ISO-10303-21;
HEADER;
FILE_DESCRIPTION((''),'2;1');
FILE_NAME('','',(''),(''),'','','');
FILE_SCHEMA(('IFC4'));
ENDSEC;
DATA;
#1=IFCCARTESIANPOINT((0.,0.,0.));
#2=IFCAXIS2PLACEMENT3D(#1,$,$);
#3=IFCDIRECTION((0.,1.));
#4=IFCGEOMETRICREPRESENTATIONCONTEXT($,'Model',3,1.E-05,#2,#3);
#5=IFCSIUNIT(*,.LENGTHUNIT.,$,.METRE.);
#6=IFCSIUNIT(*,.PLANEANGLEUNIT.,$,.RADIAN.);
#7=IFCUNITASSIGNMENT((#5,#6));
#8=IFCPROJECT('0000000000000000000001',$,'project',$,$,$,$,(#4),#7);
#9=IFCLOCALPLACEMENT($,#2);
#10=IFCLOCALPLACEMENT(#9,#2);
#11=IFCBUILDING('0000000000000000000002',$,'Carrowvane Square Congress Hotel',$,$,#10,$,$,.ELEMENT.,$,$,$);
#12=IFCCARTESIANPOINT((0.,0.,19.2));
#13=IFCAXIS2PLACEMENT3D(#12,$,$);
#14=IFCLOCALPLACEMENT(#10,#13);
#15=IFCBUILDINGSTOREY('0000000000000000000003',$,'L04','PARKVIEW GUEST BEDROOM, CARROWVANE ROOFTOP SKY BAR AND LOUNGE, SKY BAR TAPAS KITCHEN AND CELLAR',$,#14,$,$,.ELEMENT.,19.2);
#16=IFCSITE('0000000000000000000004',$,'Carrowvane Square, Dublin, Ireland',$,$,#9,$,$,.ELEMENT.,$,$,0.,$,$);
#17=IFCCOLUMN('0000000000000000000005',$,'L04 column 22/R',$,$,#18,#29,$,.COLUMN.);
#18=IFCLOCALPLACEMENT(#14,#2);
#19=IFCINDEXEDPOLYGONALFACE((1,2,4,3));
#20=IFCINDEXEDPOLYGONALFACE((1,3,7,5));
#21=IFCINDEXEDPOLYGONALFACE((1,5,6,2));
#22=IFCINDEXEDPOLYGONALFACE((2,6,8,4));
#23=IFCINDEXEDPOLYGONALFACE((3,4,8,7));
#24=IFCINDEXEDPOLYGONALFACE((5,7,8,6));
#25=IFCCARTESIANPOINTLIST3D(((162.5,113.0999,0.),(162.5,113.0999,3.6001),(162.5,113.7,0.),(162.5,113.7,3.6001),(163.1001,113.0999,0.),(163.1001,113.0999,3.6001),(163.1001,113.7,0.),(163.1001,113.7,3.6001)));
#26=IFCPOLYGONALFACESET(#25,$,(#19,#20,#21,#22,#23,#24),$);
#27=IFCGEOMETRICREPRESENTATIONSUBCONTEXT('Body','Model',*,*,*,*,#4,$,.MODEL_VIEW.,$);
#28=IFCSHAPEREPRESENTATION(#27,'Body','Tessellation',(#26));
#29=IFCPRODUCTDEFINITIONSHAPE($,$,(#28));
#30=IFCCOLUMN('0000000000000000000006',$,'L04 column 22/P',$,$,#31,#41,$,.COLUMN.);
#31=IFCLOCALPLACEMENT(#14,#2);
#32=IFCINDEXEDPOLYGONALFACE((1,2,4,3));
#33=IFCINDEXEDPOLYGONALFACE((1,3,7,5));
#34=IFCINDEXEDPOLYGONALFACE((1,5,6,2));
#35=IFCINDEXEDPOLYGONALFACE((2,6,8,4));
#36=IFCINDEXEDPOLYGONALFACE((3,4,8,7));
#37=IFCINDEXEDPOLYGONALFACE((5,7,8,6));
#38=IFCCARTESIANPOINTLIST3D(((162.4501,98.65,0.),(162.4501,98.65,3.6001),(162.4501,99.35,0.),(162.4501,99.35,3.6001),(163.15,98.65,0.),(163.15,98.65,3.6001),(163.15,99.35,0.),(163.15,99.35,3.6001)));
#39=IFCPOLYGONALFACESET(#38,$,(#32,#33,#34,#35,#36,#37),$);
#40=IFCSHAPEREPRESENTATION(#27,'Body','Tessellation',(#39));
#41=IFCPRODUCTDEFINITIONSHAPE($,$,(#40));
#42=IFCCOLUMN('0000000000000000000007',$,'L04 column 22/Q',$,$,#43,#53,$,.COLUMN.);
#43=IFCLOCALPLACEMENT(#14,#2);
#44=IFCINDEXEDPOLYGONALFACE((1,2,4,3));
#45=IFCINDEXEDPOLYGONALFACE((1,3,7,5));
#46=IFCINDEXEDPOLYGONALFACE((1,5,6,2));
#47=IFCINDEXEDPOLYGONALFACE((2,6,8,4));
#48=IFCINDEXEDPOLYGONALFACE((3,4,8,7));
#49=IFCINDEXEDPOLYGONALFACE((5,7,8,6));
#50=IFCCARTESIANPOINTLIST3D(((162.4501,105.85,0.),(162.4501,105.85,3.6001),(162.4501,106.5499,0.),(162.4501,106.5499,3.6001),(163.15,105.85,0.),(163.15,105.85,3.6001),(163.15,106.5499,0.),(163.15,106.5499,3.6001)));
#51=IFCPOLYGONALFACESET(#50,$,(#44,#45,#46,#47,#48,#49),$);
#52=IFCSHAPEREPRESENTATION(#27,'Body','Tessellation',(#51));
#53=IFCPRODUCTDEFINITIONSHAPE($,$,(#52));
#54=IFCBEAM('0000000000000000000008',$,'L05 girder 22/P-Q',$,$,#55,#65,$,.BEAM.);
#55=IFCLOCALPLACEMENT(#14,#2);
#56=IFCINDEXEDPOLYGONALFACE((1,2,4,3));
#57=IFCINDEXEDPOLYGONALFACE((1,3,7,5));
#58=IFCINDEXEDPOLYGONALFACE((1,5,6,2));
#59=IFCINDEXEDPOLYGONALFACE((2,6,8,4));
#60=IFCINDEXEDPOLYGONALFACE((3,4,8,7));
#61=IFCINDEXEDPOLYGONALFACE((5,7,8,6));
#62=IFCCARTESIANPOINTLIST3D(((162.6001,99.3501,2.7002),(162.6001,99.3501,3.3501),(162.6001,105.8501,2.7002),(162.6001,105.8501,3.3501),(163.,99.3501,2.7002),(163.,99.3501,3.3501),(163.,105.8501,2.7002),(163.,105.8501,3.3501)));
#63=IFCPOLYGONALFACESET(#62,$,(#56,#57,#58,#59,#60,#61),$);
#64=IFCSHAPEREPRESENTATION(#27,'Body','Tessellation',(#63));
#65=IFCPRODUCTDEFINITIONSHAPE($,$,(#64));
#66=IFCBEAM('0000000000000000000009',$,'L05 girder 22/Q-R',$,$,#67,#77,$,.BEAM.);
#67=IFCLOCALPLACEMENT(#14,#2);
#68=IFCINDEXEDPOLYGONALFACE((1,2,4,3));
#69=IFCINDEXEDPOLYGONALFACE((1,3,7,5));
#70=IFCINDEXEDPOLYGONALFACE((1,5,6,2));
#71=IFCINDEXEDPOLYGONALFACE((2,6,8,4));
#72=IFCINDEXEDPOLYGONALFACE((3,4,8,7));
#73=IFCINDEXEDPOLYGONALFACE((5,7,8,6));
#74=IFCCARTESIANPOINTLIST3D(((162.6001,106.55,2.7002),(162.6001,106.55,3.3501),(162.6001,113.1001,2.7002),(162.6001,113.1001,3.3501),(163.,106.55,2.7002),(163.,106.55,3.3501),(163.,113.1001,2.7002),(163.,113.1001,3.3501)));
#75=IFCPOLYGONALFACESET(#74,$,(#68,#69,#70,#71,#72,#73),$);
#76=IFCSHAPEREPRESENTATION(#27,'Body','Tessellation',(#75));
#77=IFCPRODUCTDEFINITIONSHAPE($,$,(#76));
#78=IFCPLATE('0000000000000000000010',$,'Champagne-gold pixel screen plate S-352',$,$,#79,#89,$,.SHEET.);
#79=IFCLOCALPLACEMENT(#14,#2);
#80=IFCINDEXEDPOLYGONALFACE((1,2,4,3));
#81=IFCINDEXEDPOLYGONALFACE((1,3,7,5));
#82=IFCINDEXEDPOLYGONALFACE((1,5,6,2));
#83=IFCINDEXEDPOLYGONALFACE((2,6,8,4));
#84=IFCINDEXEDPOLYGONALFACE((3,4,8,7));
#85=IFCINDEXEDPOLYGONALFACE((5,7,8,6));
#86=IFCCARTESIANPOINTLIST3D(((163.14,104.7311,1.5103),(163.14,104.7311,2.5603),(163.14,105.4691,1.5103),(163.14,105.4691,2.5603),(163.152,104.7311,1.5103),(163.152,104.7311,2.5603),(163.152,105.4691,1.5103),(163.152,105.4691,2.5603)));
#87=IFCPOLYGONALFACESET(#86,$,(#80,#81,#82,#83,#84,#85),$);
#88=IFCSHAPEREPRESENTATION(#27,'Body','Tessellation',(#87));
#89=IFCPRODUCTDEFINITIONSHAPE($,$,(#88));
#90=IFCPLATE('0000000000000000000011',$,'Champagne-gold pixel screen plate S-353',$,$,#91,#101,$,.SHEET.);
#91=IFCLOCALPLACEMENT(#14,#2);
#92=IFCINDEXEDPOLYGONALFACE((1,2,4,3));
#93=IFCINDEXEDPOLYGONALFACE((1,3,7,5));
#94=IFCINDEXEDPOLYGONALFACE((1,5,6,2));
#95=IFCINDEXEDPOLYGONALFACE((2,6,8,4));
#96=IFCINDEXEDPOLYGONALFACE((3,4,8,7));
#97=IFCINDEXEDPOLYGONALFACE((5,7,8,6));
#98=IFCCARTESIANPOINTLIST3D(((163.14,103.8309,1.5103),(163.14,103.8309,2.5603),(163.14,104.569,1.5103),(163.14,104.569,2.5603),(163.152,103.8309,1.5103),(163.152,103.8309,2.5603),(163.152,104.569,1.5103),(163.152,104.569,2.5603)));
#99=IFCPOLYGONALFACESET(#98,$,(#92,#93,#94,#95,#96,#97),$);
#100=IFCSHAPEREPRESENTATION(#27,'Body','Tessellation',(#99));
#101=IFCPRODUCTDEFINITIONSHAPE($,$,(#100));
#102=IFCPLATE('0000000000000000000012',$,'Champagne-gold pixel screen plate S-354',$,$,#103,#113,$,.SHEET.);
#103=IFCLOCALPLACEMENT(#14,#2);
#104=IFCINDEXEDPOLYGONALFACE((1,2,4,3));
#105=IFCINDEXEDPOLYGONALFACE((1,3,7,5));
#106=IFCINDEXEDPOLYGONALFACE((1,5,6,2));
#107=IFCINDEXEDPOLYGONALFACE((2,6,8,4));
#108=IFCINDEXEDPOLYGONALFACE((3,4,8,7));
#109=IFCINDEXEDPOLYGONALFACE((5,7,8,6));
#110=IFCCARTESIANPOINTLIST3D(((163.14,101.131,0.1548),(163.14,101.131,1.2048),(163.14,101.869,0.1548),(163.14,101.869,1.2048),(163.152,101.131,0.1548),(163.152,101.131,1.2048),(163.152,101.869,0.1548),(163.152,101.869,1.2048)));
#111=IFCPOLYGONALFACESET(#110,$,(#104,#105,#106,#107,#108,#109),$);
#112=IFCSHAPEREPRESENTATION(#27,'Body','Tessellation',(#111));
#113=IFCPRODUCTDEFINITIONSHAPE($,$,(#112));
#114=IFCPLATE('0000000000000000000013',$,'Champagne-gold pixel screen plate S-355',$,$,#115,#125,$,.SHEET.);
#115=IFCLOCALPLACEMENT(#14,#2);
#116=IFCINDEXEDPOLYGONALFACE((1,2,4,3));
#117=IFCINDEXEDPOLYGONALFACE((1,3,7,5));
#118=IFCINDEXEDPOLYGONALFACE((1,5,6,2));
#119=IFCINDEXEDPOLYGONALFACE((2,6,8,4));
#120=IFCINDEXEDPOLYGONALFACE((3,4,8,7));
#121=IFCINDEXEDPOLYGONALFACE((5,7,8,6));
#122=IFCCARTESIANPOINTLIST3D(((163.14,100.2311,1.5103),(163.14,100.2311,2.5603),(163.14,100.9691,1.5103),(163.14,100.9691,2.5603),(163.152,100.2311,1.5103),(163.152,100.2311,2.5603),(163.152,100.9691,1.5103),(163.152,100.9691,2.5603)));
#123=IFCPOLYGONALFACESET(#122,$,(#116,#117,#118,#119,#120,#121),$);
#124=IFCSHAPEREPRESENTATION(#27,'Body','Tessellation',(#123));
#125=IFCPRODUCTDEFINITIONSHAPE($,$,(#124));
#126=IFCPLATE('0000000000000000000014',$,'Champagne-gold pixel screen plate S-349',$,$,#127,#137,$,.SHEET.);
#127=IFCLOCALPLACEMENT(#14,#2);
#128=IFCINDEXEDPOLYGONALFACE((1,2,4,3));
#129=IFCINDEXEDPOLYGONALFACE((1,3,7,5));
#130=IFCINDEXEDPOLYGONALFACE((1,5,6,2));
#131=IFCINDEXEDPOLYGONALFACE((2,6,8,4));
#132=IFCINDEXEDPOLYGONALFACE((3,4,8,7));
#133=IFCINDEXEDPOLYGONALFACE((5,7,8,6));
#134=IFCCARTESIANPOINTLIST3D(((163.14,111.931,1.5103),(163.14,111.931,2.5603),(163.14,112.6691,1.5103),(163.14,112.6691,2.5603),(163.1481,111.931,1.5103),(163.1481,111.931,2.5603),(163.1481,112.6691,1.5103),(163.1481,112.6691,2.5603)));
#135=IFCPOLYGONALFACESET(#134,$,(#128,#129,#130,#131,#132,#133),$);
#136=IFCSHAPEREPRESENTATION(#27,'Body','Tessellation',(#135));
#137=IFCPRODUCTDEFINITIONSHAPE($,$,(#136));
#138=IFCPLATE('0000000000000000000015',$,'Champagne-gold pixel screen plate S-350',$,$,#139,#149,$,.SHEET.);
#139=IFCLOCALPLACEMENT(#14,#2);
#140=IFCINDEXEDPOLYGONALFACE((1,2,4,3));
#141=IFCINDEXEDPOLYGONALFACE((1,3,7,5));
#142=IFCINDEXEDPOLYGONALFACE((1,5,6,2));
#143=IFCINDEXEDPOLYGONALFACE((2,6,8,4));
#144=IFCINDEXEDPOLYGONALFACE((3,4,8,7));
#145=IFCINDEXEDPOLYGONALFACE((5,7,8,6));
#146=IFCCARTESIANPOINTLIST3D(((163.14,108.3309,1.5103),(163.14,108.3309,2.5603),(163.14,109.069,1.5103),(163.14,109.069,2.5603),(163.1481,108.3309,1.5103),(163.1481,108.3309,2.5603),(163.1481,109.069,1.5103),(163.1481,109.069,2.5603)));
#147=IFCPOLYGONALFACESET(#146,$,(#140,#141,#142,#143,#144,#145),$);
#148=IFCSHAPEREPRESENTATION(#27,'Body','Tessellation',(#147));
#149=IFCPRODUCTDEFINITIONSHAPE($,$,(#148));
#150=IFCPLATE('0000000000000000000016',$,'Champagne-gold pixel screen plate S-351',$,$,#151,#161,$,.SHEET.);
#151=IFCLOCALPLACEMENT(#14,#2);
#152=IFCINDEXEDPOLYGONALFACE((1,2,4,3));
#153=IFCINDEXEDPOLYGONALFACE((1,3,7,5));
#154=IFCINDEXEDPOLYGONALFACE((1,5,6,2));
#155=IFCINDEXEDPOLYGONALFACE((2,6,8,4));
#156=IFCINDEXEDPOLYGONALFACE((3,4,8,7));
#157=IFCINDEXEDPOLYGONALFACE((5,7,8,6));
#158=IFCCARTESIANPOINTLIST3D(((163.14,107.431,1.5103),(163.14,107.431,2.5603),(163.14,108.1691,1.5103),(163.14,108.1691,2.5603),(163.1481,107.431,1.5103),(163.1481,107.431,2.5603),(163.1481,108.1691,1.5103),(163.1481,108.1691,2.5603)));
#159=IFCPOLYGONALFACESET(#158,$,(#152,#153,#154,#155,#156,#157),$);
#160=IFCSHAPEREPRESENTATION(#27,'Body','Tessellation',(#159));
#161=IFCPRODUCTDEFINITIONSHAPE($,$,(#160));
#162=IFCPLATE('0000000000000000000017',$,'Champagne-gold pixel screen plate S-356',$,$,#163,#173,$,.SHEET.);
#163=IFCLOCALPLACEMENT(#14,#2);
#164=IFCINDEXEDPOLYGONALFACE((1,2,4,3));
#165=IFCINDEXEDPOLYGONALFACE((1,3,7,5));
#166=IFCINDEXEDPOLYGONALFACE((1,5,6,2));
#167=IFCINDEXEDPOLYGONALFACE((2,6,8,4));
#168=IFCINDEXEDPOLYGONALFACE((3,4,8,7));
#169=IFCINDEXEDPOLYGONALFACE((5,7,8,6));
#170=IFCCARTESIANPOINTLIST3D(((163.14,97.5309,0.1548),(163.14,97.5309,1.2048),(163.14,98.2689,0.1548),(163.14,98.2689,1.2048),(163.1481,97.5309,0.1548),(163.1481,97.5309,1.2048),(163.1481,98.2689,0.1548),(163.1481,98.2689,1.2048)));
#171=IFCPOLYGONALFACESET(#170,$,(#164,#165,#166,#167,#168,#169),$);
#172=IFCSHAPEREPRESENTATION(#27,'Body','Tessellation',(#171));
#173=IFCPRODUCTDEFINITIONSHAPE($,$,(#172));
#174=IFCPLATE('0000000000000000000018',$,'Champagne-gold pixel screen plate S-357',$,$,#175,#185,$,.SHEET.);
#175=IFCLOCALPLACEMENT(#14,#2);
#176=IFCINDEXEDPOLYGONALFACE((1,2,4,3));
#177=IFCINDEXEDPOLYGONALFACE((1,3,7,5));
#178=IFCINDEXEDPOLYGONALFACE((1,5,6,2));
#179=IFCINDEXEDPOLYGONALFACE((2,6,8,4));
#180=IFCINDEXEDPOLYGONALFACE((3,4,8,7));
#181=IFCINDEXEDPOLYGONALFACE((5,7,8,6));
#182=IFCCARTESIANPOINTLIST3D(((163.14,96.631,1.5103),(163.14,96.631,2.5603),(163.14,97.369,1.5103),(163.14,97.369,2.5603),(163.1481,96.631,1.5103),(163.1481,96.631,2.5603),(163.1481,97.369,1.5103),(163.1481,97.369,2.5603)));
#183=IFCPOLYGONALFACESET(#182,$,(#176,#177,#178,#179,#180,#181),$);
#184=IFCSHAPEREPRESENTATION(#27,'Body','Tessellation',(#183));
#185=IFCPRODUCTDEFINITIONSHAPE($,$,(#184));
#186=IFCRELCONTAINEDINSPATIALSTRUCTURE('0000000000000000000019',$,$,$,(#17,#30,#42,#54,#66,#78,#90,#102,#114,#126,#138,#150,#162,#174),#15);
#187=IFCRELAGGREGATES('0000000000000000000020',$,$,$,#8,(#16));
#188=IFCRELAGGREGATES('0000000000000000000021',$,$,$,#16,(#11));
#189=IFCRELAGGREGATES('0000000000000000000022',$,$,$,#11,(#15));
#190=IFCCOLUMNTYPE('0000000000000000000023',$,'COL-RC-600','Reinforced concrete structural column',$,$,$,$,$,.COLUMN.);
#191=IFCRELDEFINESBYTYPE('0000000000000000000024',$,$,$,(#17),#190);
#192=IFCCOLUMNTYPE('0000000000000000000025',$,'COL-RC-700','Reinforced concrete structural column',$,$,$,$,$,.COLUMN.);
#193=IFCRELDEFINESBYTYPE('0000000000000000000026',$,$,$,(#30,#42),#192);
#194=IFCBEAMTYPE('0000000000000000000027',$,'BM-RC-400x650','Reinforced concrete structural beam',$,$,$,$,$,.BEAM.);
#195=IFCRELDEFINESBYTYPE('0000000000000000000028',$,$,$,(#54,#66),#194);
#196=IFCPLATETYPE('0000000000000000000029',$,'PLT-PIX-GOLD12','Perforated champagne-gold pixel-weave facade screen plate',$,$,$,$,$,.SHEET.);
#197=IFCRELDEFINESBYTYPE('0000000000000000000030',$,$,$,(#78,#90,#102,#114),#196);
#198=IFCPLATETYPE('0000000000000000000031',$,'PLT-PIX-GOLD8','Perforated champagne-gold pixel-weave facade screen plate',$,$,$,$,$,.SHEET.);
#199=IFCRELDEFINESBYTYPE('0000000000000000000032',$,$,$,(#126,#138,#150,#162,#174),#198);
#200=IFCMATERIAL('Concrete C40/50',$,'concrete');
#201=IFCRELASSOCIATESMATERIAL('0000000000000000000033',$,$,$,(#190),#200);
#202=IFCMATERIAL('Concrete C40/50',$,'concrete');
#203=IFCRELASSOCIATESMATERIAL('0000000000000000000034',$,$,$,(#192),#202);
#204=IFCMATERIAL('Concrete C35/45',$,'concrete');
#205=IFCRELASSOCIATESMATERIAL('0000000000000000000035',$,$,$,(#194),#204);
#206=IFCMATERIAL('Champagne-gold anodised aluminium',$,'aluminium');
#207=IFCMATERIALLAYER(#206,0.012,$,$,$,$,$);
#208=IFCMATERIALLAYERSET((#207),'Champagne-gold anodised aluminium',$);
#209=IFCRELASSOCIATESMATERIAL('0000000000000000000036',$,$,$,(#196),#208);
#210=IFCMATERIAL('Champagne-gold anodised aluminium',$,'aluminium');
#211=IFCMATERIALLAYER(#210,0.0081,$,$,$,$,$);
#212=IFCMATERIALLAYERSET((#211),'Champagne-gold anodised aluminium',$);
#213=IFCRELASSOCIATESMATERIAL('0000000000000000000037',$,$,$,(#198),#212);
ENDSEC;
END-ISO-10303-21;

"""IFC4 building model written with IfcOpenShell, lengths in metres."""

from ifc_helpers import new_model, si_unit, direction, frame, origin, origin_2d, place, context, subcontext, project, spatial, rectangle, extrude, material, layer, layer_set, material_profile, profile_set, type_object, element, save


model = new_model("IFC4")

# Units and contexts
model_context = context("Model", 3, precision=1e-05, world=origin(), true_north=direction((0.0, 1.0)))
body_context = subcontext(model_context, "Body", "Model", "MODEL_VIEW")
ifc_project = project(units=[si_unit("LENGTHUNIT", "METRE"), si_unit("PLANEANGLEUNIT", "RADIAN")], contexts=[model_context])

# Site, building, storey
site_placement = place(None, origin())
site = spatial("IfcSite", under=ifc_project, at=site_placement, Name="Carrowvane Square, Dublin, Ireland", CompositionType="ELEMENT", RefElevation=0.0)
building_placement = place(site_placement, origin())
building = spatial("IfcBuilding", under=site, at=building_placement, Name="Carrowvane Square Congress Hotel", CompositionType="ELEMENT")
storey_placement = place(building_placement, frame((0.0, 0.0, 19.2)))
storey = spatial("IfcBuildingStorey", under=building, at=storey_placement, Name="L04", Description="PARKVIEW GUEST BEDROOM, CARROWVANE ROOFTOP SKY BAR AND LOUNGE, SKY BAR TAPAS KITCHEN AND CELLAR", CompositionType="ELEMENT", Elevation=19.2)

# Columns
ifc_material_1 = material(Name="Concrete C40/50", Category="concrete")
ifc_material_profile_1 = material_profile(ifc_material_1, rectangle(XDim=0.6001, YDim=0.6001, at=origin_2d()), Name="RC 600x600")
ifc_profile_set_1 = profile_set([ifc_material_profile_1], Name="Concrete C40/50")
column_type_1 = type_object("IfcColumnType", Name="COL-RC-600", Description="Reinforced concrete structural column", PredefinedType="COLUMN", material=ifc_profile_set_1)
column_placement = place(storey_placement, frame((162.8, 113.3999, 0.0), z_axis=(0.0, 0.0, 1.0), x_axis=(1.0, 0.0, 0.0)))
element("IfcColumn", 1, at=column_placement, inside=storey, type_object=column_type_1, Name="L04 column 22/R", PredefinedType="COLUMN", context=body_context, shape_type="SweptSolid", body=[
    extrude(rectangle(XDim=0.6001, YDim=0.6001, at=origin_2d()), origin(), (0.0, 0.0, 1.0), 3.6001),
])
ifc_material_2 = material(Name="Concrete C40/50", Category="concrete")
ifc_material_profile_2 = material_profile(ifc_material_2, rectangle(XDim=0.7, YDim=0.7, at=origin_2d()), Name="RC 700x700")
ifc_profile_set_2 = profile_set([ifc_material_profile_2], Name="Concrete C40/50")
column_type_2 = type_object("IfcColumnType", Name="COL-RC-700", Description="Reinforced concrete structural column", PredefinedType="COLUMN", material=ifc_profile_set_2)
for number, where, z_axis, x_axis, name in (
    (2, (162.8, 99.0, 0.0), (0.0, 0.0, 1.0), (1.0, 0.0, 0.0), "L04 column 22/P"),
    (3, (162.8, 106.2, 0.0), (0.0, 0.0, 1.0), (1.0, 0.0, 0.0), "L04 column 22/Q"),
):
    element("IfcColumn", number, at=place(storey_placement, frame(where, z_axis=z_axis, x_axis=x_axis)), inside=storey, type_object=column_type_2, Name=name, PredefinedType="COLUMN", context=body_context, shape_type="SweptSolid", body=[
        extrude(rectangle(XDim=0.7, YDim=0.7, at=origin_2d()), origin(), (0.0, 0.0, 1.0), 3.6001),
    ])

# Beams
ifc_material_3 = material(Name="Concrete C35/45", Category="concrete")
ifc_material_profile_3 = material_profile(ifc_material_3, rectangle(XDim=0.3999, YDim=0.6499, at=origin_2d()), Name="RC 400x650")
ifc_profile_set_3 = profile_set([ifc_material_profile_3], Name="Concrete C35/45")
beam_type = type_object("IfcBeamType", Name="BM-RC-400x650", Description="Reinforced concrete structural beam", PredefinedType="BEAM", material=ifc_profile_set_3)
beam_1_placement = place(storey_placement, frame((162.8, 99.3501, 3.0251), z_axis=(0.0, 1.0, 0.0), x_axis=(-1.0, 0.0, 0.0)))
element("IfcBeam", 4, at=beam_1_placement, inside=storey, type_object=beam_type, Name="L05 girder 22/P-Q", PredefinedType="BEAM", context=body_context, shape_type="SweptSolid", body=[
    extrude(rectangle(XDim=0.3999, YDim=0.6499, at=origin_2d()), origin(), (0.0, 0.0, 1.0), 6.5),
])
beam_2_placement = place(storey_placement, frame((162.8, 106.55, 3.0251), z_axis=(0.0, 1.0, 0.0), x_axis=(-1.0, 0.0, 0.0)))
element("IfcBeam", 5, at=beam_2_placement, inside=storey, type_object=beam_type, Name="L05 girder 22/Q-R", PredefinedType="BEAM", context=body_context, shape_type="SweptSolid", body=[
    extrude(rectangle(XDim=0.3999, YDim=0.6499, at=origin_2d()), origin(), (0.0, 0.0, 1.0), 6.55),
])

# Plates
ifc_material_4 = material(Name="Champagne-gold anodised aluminium", Category="aluminium")
ifc_layer_1 = layer(ifc_material_4, 0.012)
ifc_layer_set_1 = layer_set([ifc_layer_1], Name="Champagne-gold anodised aluminium")
plate_type_1 = type_object("IfcPlateType", Name="PLT-PIX-GOLD12", Description="Perforated champagne-gold pixel-weave facade screen plate", PredefinedType="SHEET", material=ifc_layer_set_1)
for number, where, z_axis, x_axis, name in (
    (6, (163.146, 105.1001, 1.5103), (0.0, 0.0, 1.0), (0.0, -1.0, 0.0), "Champagne-gold pixel screen plate S-352"),
    (7, (163.146, 104.2, 1.5103), (0.0, 0.0, 1.0), (0.0, -1.0, 0.0), "Champagne-gold pixel screen plate S-353"),
    (8, (163.146, 101.5, 0.1548), (0.0, 0.0, 1.0), (0.0, -1.0, 0.0), "Champagne-gold pixel screen plate S-354"),
    (9, (163.146, 100.6001, 1.5103), (0.0, 0.0, 1.0), (0.0, -1.0, 0.0), "Champagne-gold pixel screen plate S-355"),
):
    element("IfcPlate", number, at=place(storey_placement, frame(where, z_axis=z_axis, x_axis=x_axis)), inside=storey, type_object=plate_type_1, Name=name, PredefinedType="SHEET", context=body_context, shape_type="SweptSolid", body=[
        extrude(rectangle(XDim=0.738, YDim=0.012, at=origin_2d()), origin(), (0.0, 0.0, 1.0), 1.05),
    ])
ifc_material_5 = material(Name="Champagne-gold anodised aluminium", Category="aluminium")
ifc_layer_2 = layer(ifc_material_5, 0.0081)
ifc_layer_set_2 = layer_set([ifc_layer_2], Name="Champagne-gold anodised aluminium")
plate_type_2 = type_object("IfcPlateType", Name="PLT-PIX-GOLD8", Description="Perforated champagne-gold pixel-weave facade screen plate", PredefinedType="SHEET", material=ifc_layer_set_2)
for number, where, z_axis, x_axis, name in (
    (10, (163.144, 112.3, 1.5103), (0.0, 0.0, 1.0), (0.0, -1.0, 0.0), "Champagne-gold pixel screen plate S-349"),
    (11, (163.144, 108.7, 1.5103), (0.0, 0.0, 1.0), (0.0, -1.0, 0.0), "Champagne-gold pixel screen plate S-350"),
    (12, (163.144, 107.8, 1.5103), (0.0, 0.0, 1.0), (0.0, -1.0, 0.0), "Champagne-gold pixel screen plate S-351"),
    (13, (163.144, 97.8999, 0.1548), (0.0, 0.0, 1.0), (0.0, -1.0, 0.0), "Champagne-gold pixel screen plate S-356"),
    (14, (163.144, 97.0, 1.5103), (0.0, 0.0, 1.0), (0.0, -1.0, 0.0), "Champagne-gold pixel screen plate S-357"),
):
    element("IfcPlate", number, at=place(storey_placement, frame(where, z_axis=z_axis, x_axis=x_axis)), inside=storey, type_object=plate_type_2, Name=name, PredefinedType="SHEET", context=body_context, shape_type="SweptSolid", body=[
        extrude(rectangle(XDim=0.738, YDim=0.0081, at=origin_2d()), origin(), (0.0, 0.0, 1.0), 1.05),
    ])

save(model, "model.ifc")
